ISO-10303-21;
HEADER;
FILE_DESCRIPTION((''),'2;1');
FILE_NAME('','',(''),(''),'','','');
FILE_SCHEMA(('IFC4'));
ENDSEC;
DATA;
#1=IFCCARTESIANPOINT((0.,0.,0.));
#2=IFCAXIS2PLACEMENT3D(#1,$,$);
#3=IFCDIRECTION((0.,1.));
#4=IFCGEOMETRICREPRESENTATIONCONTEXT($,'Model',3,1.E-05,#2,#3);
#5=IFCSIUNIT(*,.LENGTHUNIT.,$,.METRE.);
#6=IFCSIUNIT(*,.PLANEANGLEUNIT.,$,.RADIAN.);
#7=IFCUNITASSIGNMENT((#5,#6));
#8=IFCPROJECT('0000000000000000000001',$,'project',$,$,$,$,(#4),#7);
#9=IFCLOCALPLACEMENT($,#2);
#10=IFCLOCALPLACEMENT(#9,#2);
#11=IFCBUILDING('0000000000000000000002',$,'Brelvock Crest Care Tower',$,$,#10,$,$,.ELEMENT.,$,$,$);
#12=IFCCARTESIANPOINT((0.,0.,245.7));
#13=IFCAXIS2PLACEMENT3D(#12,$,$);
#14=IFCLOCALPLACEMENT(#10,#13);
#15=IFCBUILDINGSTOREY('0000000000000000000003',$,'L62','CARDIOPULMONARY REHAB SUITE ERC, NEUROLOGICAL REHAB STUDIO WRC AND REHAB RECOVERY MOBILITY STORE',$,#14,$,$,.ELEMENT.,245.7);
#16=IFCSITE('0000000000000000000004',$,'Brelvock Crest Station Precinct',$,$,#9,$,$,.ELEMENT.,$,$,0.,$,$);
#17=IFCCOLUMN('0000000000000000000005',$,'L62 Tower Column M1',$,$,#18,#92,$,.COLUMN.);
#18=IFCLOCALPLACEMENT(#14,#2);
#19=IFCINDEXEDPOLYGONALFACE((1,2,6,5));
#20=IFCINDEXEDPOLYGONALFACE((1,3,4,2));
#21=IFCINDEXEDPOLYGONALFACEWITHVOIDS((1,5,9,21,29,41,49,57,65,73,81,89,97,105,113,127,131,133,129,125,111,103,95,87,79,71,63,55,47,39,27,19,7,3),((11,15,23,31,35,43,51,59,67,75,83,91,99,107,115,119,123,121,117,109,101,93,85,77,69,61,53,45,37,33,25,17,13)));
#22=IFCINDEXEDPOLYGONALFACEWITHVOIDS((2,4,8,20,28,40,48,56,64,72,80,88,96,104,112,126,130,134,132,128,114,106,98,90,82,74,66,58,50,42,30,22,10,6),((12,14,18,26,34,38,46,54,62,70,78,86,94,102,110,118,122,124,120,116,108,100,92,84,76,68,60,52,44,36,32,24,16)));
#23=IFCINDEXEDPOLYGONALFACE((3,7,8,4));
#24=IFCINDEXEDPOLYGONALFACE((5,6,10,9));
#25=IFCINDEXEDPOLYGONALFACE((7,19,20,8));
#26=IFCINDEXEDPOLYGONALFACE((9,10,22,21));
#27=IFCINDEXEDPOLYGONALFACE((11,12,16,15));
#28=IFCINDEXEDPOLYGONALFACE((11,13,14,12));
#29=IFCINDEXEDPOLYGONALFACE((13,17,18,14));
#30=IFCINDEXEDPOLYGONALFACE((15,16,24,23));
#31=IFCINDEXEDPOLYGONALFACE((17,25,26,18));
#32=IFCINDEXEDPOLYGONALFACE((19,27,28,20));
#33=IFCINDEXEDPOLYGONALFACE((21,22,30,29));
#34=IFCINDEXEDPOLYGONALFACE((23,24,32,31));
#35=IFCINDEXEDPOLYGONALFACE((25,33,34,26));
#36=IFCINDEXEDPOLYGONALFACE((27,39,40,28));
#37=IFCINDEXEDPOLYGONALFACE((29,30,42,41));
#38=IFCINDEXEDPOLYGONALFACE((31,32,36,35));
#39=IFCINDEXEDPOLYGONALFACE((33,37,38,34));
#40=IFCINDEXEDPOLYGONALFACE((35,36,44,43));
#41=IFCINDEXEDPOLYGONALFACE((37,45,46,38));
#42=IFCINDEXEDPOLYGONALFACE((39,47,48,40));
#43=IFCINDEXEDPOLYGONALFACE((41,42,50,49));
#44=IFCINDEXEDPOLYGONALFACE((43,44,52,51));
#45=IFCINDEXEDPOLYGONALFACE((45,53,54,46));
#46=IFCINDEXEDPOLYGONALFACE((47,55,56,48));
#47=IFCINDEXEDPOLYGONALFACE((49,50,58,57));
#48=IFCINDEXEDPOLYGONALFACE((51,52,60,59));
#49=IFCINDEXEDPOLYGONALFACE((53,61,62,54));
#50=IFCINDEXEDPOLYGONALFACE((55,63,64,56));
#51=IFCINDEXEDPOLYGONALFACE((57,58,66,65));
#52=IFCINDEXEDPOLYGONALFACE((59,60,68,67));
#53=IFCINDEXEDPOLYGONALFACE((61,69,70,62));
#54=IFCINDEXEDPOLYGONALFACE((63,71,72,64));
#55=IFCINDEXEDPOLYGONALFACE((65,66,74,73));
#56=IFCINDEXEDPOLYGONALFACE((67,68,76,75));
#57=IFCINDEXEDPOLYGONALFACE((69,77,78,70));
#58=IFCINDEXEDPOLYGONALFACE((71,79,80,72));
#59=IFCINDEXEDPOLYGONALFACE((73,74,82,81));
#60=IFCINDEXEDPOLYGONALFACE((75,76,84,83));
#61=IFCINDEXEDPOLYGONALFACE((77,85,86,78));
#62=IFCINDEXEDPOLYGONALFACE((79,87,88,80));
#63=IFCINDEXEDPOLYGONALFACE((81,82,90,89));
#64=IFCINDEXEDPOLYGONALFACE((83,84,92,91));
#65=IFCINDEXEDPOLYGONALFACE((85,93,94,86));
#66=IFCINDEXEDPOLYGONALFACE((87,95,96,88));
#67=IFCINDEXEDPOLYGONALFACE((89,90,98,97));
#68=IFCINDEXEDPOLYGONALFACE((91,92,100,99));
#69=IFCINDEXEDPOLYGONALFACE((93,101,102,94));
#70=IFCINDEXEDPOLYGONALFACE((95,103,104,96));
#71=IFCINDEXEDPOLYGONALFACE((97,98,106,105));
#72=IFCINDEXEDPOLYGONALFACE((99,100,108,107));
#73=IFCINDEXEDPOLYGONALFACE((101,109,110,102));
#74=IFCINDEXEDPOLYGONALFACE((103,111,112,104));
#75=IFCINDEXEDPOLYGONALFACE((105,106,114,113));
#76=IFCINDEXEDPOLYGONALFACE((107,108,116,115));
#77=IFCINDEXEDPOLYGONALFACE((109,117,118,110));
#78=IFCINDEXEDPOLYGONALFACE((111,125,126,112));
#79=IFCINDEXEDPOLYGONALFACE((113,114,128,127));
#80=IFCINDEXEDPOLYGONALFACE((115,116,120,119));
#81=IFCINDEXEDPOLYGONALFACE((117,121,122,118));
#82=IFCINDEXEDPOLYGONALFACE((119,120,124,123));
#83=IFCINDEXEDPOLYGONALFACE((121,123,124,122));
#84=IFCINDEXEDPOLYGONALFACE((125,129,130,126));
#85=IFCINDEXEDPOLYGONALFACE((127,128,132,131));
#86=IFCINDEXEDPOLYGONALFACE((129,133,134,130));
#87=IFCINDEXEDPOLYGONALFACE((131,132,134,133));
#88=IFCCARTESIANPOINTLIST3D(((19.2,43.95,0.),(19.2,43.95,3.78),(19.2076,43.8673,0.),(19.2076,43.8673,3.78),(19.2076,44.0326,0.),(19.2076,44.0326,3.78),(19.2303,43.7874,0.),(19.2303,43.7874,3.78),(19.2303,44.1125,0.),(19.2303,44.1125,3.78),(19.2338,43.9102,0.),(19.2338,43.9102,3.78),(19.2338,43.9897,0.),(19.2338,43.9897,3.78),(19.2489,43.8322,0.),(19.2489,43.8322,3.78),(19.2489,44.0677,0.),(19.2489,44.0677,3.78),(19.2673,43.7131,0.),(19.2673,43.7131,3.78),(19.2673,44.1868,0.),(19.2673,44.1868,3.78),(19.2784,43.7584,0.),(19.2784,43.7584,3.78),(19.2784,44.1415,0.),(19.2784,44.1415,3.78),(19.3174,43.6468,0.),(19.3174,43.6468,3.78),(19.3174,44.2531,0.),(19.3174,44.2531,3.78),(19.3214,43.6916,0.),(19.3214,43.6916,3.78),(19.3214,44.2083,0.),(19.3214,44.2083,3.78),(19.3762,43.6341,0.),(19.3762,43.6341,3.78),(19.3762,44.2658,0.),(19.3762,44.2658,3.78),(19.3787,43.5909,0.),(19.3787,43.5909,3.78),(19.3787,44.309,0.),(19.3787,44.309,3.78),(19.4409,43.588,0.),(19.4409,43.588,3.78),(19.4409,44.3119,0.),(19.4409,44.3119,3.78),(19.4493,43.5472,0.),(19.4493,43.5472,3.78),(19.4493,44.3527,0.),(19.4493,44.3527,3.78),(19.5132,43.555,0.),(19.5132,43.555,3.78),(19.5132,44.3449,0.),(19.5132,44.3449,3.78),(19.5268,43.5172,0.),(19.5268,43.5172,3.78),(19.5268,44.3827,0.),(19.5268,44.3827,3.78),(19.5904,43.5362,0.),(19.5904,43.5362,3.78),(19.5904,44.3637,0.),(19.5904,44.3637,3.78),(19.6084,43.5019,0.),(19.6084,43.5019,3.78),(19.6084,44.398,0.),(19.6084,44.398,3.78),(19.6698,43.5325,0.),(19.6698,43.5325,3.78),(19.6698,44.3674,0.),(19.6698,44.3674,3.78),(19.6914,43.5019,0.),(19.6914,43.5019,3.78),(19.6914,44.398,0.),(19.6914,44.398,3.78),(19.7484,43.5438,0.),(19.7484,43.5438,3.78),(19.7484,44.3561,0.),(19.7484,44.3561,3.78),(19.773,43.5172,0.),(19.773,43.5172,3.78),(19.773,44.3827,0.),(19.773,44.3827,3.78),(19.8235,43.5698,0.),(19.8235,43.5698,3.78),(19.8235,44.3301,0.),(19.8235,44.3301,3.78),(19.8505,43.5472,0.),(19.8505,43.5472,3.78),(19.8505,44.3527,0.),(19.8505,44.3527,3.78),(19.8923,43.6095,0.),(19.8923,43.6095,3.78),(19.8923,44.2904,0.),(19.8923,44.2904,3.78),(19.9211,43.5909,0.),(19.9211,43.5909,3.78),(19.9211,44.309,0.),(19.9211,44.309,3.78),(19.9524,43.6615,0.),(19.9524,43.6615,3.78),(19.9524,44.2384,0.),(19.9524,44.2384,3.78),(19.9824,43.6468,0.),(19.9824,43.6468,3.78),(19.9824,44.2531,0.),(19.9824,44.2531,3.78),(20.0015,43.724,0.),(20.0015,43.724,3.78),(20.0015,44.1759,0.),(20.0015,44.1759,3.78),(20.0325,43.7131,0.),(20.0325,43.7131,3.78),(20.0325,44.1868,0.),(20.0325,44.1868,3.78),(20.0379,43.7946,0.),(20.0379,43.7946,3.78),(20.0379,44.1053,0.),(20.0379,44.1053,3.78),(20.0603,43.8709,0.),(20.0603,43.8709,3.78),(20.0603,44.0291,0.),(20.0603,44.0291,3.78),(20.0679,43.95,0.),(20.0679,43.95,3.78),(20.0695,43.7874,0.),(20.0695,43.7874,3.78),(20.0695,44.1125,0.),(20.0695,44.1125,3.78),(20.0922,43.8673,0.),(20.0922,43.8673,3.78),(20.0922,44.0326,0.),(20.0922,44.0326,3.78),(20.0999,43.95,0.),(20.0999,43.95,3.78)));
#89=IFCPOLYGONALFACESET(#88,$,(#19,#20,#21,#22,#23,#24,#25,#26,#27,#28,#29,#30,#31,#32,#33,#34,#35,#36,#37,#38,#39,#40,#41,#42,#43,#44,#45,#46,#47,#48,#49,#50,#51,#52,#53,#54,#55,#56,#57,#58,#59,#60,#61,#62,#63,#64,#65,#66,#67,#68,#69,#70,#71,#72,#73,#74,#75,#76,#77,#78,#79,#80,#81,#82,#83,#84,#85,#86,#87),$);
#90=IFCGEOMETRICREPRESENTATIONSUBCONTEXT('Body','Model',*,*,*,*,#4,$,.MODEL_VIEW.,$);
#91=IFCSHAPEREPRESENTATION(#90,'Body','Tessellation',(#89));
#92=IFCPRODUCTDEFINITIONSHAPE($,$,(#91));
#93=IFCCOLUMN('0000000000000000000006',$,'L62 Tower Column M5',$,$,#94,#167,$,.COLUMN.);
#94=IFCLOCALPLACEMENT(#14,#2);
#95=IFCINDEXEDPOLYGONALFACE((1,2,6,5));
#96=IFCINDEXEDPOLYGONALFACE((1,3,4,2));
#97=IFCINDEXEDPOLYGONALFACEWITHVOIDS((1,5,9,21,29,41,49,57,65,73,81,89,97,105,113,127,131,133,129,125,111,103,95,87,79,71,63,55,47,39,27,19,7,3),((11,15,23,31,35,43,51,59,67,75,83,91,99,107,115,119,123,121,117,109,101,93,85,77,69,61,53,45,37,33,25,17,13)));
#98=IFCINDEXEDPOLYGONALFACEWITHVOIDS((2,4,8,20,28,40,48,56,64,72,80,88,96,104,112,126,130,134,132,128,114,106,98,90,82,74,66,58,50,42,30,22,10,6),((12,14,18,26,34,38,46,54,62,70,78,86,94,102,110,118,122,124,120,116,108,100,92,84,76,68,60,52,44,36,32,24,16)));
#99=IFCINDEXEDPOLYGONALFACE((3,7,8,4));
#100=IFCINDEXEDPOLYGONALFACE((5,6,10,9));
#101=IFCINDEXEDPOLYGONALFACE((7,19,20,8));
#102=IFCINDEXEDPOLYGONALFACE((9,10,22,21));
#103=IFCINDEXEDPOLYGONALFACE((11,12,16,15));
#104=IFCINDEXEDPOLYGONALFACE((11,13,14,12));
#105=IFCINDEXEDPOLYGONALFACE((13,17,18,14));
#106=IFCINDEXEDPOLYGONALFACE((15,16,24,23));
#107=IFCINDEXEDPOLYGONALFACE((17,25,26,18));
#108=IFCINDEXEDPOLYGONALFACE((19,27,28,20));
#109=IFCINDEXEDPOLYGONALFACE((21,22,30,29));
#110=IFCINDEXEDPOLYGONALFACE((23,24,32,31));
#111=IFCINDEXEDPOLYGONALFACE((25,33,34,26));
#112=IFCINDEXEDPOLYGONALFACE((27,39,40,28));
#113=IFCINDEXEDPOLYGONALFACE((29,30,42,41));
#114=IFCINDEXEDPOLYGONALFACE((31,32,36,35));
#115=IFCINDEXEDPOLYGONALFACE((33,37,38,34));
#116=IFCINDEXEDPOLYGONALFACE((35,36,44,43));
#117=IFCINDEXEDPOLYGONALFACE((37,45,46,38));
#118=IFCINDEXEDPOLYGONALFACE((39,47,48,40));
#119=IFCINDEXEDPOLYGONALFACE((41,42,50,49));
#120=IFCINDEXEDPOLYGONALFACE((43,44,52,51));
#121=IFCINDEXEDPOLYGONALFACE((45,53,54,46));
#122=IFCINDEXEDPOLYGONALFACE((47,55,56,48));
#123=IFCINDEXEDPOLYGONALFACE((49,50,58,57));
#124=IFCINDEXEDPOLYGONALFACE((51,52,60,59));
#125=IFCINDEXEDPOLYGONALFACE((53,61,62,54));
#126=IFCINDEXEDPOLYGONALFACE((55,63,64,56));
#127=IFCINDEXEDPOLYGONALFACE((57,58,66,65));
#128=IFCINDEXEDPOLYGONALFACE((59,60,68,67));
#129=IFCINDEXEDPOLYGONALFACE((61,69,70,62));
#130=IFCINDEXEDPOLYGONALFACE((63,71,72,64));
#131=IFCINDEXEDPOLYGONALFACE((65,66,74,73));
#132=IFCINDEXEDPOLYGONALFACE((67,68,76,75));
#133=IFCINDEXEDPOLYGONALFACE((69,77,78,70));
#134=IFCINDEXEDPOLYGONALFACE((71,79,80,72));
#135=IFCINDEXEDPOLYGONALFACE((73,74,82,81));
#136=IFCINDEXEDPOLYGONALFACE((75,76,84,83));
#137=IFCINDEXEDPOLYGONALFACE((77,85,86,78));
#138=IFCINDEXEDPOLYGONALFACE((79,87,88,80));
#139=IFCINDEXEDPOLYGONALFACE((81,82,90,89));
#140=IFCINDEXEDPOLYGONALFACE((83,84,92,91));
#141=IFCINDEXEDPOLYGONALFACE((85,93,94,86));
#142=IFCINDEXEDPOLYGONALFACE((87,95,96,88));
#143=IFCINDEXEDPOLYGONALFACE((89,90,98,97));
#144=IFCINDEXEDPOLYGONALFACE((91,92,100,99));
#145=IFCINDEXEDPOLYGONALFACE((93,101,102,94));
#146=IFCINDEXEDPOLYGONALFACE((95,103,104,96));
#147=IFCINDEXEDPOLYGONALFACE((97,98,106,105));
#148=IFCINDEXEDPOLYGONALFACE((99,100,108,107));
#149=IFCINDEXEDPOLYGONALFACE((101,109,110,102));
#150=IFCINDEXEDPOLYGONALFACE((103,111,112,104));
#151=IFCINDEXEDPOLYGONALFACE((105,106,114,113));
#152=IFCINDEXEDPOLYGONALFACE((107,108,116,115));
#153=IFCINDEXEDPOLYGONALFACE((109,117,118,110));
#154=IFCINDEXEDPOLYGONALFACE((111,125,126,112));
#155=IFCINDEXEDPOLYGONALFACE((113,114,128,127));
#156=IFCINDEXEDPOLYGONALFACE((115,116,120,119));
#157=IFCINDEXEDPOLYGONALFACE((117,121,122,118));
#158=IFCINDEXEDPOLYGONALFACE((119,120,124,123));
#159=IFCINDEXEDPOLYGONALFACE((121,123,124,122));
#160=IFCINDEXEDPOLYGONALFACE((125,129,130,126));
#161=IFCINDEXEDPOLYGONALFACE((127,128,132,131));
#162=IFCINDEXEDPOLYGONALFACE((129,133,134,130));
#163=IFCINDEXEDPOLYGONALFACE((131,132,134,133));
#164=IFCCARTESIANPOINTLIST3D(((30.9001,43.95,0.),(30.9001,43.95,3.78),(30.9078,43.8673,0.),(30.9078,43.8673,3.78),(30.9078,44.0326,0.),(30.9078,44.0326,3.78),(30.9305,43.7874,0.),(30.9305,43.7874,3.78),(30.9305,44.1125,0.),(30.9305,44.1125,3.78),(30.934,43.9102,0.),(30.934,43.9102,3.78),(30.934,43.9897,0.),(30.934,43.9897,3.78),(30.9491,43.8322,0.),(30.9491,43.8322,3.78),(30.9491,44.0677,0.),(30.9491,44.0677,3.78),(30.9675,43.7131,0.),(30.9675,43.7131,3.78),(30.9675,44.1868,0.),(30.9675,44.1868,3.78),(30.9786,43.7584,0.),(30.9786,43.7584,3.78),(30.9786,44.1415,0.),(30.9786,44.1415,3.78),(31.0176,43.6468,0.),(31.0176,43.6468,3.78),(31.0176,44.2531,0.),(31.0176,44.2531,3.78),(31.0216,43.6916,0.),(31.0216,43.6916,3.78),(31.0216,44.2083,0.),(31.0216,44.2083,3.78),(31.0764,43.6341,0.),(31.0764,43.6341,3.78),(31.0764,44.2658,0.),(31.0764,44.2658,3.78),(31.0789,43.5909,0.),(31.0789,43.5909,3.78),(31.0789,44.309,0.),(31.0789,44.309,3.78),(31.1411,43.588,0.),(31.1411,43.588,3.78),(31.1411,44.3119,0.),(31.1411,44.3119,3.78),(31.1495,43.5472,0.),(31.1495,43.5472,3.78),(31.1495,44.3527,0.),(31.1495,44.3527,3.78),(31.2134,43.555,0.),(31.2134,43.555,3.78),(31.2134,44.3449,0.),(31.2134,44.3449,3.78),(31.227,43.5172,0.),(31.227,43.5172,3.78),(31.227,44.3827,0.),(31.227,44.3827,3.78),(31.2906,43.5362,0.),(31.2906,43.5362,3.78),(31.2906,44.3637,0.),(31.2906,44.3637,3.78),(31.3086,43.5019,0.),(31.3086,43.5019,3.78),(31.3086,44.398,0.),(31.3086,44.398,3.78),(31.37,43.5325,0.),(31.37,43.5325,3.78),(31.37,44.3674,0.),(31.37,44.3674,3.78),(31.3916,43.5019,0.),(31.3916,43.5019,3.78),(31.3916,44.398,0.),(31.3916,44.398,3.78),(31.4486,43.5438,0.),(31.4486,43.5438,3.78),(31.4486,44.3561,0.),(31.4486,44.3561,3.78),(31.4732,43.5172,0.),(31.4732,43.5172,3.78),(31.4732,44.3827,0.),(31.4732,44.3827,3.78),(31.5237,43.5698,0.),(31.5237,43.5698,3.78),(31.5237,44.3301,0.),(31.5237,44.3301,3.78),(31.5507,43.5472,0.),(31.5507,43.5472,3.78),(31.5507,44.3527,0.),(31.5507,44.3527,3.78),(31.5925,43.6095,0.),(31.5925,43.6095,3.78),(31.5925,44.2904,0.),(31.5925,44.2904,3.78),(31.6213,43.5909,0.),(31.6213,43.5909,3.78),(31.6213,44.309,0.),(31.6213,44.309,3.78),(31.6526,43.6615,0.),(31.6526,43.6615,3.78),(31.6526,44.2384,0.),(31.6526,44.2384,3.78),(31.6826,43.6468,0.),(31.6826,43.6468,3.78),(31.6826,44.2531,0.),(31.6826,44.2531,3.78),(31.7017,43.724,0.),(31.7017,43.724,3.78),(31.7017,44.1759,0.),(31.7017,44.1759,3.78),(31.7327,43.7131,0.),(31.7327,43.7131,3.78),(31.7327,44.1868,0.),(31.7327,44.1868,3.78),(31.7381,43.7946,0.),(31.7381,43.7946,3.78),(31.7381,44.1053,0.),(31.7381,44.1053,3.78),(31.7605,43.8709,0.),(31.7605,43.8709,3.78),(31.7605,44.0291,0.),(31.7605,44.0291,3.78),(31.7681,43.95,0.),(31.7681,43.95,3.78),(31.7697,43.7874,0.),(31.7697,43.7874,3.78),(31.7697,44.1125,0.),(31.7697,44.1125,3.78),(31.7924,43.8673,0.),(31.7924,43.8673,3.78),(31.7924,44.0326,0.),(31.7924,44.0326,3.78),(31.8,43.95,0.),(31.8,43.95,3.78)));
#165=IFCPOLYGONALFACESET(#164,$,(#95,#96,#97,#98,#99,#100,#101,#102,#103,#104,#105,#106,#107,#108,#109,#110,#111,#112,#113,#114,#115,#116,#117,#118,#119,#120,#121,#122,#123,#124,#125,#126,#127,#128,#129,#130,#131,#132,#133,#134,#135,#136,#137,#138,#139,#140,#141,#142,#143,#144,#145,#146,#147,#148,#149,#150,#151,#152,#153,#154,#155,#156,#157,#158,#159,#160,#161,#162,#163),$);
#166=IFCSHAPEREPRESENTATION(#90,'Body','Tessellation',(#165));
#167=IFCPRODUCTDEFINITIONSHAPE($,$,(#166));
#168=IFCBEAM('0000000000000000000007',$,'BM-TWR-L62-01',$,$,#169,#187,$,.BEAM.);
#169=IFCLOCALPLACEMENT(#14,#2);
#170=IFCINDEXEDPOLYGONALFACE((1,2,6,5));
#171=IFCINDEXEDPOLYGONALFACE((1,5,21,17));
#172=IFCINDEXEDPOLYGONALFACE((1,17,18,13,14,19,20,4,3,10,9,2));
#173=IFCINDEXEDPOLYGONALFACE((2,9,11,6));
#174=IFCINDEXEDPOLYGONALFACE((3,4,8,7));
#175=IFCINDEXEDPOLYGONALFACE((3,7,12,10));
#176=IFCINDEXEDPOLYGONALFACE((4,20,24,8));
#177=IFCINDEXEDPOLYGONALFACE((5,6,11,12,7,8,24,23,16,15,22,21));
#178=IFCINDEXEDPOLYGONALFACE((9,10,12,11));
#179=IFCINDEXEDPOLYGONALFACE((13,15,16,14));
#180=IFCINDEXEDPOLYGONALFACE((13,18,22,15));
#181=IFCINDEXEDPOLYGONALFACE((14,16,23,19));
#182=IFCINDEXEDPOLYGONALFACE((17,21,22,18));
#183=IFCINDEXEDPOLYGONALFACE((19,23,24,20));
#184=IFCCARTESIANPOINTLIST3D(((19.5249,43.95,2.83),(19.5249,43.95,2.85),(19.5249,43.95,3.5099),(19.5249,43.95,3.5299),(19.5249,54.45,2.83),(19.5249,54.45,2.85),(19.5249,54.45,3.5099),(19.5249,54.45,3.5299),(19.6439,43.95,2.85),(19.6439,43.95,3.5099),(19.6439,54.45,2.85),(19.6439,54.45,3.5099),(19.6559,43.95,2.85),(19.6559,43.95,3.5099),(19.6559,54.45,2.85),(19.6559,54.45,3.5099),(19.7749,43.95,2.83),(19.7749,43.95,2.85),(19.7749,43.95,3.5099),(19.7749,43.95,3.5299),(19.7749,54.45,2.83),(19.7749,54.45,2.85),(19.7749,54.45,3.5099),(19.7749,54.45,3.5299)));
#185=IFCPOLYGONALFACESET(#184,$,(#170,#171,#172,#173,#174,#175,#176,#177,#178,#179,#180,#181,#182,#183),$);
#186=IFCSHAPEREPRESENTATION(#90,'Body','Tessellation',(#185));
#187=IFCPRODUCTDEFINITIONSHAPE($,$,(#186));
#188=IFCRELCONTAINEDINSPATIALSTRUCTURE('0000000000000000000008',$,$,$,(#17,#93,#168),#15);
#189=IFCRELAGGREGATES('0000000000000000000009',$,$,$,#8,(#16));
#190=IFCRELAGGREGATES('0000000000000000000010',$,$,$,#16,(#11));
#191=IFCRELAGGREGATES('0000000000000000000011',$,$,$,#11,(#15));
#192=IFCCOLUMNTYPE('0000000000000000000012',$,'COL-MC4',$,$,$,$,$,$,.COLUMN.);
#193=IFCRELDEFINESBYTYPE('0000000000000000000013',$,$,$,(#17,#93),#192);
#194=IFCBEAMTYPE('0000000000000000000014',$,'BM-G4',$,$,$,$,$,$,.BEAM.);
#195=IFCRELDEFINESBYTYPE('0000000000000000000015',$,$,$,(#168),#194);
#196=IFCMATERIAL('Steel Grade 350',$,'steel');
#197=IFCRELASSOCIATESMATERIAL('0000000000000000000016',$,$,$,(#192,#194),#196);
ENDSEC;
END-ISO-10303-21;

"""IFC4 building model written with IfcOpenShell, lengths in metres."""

from ifc_helpers import new_model, si_unit, direction, frame, origin, origin_2d, place, context, subcontext, project, spatial, hollow_circle, i_section, extrude, source, transform, mapped, material, material_profile, profile_set, type_object, element, save


model = new_model("IFC4")

# Units and contexts
model_context = context("Model", 3, precision=1e-05, world=origin(), true_north=direction((0.0, 1.0)))
body_context = subcontext(model_context, "Body", "Model", "MODEL_VIEW")
ifc_project = project(units=[si_unit("LENGTHUNIT", "METRE"), si_unit("PLANEANGLEUNIT", "RADIAN")], contexts=[model_context])

# Site, building, storey
site_placement = place(None, origin())
site = spatial("IfcSite", under=ifc_project, at=site_placement, Name="Brelvock Crest Station Precinct", CompositionType="ELEMENT", RefElevation=0.0)
building_placement = place(site_placement, origin())
building = spatial("IfcBuilding", under=site, at=building_placement, Name="Brelvock Crest Care Tower", CompositionType="ELEMENT")
storey_placement = place(building_placement, frame((0.0, 0.0, 245.7)))
storey = spatial("IfcBuildingStorey", under=building, at=storey_placement, Name="L62", Description="CARDIOPULMONARY REHAB SUITE ERC, NEUROLOGICAL REHAB STUDIO WRC AND REHAB RECOVERY MOBILITY STORE", CompositionType="ELEMENT", Elevation=245.7)

# Columns
ifc_material_1 = material(Name="Steel Grade 350", Category="steel")
ifc_material_profile_1 = material_profile(ifc_material_1, hollow_circle(Radius=0.45, WallThickness=0.032, at=origin_2d()), Name="CFT900x32")
ifc_profile_set_1 = profile_set([ifc_material_profile_1], Name="Steel Grade 350")
column_type = type_object("IfcColumnType", Name="COL-MC4", PredefinedType="COLUMN", material=ifc_profile_set_1)
shared_shape_1 = source(origin(), body_context, "Body", "SweptSolid", [
    extrude(hollow_circle(Radius=0.45, WallThickness=0.032, at=origin_2d()), origin(), (0.0, 0.0, 1.0), 3.78),
])
for number, where, z_axis, x_axis, name in (
    (1, (19.6499, 43.95, 0.0), (0.0, 0.0, 1.0), (1.0, 0.0, 0.0), "L62 Tower Column M1"),
    (2, (31.3501, 43.95, 0.0), (0.0, 0.0, 1.0), (1.0, 0.0, 0.0), "L62 Tower Column M5"),
):
    element("IfcColumn", number, at=place(storey_placement, frame(where, z_axis=z_axis, x_axis=x_axis)), inside=storey, type_object=column_type, Name=name, PredefinedType="COLUMN", context=body_context, shape_type="MappedRepresentation", body=[
        mapped(shared_shape_1, transform((0.0, 0.0, 0.0), x_axis=(1.0, 0.0, 0.0), y_axis=(0.0, 1.0, 0.0), z_axis=(0.0, 0.0, 1.0), scale=1.0)),
    ])

# Beam
ifc_material_profile_2 = material_profile(ifc_material_1, i_section(OverallWidth=0.25, OverallDepth=0.7, WebThickness=0.012, FlangeThickness=0.02, at=origin_2d()), Name="700WB150")
ifc_profile_set_2 = profile_set([ifc_material_profile_2], Name="Steel Grade 350")
beam_type_1 = type_object("IfcBeamType", Name="BM-G4", PredefinedType="BEAM", material=ifc_profile_set_2)
shared_shape_2 = source(origin(), body_context, "Body", "SweptSolid", [
    extrude(i_section(OverallWidth=0.25, OverallDepth=0.7, WebThickness=0.012, FlangeThickness=0.02, at=origin_2d()), origin(), (0.0, 0.0, 1.0), 10.5),
])
beam_1_placement = place(storey_placement, frame((19.6499, 43.95, 3.1799), z_axis=(0.0, 1.0, 0.0), x_axis=(-1.0, 0.0, 0.0)))
element("IfcBeam", 3, at=beam_1_placement, inside=storey, type_object=beam_type_1, Name="BM-TWR-L62-01", PredefinedType="BEAM", context=body_context, shape_type="MappedRepresentation", body=[
    mapped(shared_shape_2, transform((0.0, 0.0, 0.0), x_axis=(1.0, 0.0, 0.0), y_axis=(0.0, 1.0, 0.0), z_axis=(0.0, 0.0, 1.0), scale=1.0)),
])

save(model, "model.ifc")
